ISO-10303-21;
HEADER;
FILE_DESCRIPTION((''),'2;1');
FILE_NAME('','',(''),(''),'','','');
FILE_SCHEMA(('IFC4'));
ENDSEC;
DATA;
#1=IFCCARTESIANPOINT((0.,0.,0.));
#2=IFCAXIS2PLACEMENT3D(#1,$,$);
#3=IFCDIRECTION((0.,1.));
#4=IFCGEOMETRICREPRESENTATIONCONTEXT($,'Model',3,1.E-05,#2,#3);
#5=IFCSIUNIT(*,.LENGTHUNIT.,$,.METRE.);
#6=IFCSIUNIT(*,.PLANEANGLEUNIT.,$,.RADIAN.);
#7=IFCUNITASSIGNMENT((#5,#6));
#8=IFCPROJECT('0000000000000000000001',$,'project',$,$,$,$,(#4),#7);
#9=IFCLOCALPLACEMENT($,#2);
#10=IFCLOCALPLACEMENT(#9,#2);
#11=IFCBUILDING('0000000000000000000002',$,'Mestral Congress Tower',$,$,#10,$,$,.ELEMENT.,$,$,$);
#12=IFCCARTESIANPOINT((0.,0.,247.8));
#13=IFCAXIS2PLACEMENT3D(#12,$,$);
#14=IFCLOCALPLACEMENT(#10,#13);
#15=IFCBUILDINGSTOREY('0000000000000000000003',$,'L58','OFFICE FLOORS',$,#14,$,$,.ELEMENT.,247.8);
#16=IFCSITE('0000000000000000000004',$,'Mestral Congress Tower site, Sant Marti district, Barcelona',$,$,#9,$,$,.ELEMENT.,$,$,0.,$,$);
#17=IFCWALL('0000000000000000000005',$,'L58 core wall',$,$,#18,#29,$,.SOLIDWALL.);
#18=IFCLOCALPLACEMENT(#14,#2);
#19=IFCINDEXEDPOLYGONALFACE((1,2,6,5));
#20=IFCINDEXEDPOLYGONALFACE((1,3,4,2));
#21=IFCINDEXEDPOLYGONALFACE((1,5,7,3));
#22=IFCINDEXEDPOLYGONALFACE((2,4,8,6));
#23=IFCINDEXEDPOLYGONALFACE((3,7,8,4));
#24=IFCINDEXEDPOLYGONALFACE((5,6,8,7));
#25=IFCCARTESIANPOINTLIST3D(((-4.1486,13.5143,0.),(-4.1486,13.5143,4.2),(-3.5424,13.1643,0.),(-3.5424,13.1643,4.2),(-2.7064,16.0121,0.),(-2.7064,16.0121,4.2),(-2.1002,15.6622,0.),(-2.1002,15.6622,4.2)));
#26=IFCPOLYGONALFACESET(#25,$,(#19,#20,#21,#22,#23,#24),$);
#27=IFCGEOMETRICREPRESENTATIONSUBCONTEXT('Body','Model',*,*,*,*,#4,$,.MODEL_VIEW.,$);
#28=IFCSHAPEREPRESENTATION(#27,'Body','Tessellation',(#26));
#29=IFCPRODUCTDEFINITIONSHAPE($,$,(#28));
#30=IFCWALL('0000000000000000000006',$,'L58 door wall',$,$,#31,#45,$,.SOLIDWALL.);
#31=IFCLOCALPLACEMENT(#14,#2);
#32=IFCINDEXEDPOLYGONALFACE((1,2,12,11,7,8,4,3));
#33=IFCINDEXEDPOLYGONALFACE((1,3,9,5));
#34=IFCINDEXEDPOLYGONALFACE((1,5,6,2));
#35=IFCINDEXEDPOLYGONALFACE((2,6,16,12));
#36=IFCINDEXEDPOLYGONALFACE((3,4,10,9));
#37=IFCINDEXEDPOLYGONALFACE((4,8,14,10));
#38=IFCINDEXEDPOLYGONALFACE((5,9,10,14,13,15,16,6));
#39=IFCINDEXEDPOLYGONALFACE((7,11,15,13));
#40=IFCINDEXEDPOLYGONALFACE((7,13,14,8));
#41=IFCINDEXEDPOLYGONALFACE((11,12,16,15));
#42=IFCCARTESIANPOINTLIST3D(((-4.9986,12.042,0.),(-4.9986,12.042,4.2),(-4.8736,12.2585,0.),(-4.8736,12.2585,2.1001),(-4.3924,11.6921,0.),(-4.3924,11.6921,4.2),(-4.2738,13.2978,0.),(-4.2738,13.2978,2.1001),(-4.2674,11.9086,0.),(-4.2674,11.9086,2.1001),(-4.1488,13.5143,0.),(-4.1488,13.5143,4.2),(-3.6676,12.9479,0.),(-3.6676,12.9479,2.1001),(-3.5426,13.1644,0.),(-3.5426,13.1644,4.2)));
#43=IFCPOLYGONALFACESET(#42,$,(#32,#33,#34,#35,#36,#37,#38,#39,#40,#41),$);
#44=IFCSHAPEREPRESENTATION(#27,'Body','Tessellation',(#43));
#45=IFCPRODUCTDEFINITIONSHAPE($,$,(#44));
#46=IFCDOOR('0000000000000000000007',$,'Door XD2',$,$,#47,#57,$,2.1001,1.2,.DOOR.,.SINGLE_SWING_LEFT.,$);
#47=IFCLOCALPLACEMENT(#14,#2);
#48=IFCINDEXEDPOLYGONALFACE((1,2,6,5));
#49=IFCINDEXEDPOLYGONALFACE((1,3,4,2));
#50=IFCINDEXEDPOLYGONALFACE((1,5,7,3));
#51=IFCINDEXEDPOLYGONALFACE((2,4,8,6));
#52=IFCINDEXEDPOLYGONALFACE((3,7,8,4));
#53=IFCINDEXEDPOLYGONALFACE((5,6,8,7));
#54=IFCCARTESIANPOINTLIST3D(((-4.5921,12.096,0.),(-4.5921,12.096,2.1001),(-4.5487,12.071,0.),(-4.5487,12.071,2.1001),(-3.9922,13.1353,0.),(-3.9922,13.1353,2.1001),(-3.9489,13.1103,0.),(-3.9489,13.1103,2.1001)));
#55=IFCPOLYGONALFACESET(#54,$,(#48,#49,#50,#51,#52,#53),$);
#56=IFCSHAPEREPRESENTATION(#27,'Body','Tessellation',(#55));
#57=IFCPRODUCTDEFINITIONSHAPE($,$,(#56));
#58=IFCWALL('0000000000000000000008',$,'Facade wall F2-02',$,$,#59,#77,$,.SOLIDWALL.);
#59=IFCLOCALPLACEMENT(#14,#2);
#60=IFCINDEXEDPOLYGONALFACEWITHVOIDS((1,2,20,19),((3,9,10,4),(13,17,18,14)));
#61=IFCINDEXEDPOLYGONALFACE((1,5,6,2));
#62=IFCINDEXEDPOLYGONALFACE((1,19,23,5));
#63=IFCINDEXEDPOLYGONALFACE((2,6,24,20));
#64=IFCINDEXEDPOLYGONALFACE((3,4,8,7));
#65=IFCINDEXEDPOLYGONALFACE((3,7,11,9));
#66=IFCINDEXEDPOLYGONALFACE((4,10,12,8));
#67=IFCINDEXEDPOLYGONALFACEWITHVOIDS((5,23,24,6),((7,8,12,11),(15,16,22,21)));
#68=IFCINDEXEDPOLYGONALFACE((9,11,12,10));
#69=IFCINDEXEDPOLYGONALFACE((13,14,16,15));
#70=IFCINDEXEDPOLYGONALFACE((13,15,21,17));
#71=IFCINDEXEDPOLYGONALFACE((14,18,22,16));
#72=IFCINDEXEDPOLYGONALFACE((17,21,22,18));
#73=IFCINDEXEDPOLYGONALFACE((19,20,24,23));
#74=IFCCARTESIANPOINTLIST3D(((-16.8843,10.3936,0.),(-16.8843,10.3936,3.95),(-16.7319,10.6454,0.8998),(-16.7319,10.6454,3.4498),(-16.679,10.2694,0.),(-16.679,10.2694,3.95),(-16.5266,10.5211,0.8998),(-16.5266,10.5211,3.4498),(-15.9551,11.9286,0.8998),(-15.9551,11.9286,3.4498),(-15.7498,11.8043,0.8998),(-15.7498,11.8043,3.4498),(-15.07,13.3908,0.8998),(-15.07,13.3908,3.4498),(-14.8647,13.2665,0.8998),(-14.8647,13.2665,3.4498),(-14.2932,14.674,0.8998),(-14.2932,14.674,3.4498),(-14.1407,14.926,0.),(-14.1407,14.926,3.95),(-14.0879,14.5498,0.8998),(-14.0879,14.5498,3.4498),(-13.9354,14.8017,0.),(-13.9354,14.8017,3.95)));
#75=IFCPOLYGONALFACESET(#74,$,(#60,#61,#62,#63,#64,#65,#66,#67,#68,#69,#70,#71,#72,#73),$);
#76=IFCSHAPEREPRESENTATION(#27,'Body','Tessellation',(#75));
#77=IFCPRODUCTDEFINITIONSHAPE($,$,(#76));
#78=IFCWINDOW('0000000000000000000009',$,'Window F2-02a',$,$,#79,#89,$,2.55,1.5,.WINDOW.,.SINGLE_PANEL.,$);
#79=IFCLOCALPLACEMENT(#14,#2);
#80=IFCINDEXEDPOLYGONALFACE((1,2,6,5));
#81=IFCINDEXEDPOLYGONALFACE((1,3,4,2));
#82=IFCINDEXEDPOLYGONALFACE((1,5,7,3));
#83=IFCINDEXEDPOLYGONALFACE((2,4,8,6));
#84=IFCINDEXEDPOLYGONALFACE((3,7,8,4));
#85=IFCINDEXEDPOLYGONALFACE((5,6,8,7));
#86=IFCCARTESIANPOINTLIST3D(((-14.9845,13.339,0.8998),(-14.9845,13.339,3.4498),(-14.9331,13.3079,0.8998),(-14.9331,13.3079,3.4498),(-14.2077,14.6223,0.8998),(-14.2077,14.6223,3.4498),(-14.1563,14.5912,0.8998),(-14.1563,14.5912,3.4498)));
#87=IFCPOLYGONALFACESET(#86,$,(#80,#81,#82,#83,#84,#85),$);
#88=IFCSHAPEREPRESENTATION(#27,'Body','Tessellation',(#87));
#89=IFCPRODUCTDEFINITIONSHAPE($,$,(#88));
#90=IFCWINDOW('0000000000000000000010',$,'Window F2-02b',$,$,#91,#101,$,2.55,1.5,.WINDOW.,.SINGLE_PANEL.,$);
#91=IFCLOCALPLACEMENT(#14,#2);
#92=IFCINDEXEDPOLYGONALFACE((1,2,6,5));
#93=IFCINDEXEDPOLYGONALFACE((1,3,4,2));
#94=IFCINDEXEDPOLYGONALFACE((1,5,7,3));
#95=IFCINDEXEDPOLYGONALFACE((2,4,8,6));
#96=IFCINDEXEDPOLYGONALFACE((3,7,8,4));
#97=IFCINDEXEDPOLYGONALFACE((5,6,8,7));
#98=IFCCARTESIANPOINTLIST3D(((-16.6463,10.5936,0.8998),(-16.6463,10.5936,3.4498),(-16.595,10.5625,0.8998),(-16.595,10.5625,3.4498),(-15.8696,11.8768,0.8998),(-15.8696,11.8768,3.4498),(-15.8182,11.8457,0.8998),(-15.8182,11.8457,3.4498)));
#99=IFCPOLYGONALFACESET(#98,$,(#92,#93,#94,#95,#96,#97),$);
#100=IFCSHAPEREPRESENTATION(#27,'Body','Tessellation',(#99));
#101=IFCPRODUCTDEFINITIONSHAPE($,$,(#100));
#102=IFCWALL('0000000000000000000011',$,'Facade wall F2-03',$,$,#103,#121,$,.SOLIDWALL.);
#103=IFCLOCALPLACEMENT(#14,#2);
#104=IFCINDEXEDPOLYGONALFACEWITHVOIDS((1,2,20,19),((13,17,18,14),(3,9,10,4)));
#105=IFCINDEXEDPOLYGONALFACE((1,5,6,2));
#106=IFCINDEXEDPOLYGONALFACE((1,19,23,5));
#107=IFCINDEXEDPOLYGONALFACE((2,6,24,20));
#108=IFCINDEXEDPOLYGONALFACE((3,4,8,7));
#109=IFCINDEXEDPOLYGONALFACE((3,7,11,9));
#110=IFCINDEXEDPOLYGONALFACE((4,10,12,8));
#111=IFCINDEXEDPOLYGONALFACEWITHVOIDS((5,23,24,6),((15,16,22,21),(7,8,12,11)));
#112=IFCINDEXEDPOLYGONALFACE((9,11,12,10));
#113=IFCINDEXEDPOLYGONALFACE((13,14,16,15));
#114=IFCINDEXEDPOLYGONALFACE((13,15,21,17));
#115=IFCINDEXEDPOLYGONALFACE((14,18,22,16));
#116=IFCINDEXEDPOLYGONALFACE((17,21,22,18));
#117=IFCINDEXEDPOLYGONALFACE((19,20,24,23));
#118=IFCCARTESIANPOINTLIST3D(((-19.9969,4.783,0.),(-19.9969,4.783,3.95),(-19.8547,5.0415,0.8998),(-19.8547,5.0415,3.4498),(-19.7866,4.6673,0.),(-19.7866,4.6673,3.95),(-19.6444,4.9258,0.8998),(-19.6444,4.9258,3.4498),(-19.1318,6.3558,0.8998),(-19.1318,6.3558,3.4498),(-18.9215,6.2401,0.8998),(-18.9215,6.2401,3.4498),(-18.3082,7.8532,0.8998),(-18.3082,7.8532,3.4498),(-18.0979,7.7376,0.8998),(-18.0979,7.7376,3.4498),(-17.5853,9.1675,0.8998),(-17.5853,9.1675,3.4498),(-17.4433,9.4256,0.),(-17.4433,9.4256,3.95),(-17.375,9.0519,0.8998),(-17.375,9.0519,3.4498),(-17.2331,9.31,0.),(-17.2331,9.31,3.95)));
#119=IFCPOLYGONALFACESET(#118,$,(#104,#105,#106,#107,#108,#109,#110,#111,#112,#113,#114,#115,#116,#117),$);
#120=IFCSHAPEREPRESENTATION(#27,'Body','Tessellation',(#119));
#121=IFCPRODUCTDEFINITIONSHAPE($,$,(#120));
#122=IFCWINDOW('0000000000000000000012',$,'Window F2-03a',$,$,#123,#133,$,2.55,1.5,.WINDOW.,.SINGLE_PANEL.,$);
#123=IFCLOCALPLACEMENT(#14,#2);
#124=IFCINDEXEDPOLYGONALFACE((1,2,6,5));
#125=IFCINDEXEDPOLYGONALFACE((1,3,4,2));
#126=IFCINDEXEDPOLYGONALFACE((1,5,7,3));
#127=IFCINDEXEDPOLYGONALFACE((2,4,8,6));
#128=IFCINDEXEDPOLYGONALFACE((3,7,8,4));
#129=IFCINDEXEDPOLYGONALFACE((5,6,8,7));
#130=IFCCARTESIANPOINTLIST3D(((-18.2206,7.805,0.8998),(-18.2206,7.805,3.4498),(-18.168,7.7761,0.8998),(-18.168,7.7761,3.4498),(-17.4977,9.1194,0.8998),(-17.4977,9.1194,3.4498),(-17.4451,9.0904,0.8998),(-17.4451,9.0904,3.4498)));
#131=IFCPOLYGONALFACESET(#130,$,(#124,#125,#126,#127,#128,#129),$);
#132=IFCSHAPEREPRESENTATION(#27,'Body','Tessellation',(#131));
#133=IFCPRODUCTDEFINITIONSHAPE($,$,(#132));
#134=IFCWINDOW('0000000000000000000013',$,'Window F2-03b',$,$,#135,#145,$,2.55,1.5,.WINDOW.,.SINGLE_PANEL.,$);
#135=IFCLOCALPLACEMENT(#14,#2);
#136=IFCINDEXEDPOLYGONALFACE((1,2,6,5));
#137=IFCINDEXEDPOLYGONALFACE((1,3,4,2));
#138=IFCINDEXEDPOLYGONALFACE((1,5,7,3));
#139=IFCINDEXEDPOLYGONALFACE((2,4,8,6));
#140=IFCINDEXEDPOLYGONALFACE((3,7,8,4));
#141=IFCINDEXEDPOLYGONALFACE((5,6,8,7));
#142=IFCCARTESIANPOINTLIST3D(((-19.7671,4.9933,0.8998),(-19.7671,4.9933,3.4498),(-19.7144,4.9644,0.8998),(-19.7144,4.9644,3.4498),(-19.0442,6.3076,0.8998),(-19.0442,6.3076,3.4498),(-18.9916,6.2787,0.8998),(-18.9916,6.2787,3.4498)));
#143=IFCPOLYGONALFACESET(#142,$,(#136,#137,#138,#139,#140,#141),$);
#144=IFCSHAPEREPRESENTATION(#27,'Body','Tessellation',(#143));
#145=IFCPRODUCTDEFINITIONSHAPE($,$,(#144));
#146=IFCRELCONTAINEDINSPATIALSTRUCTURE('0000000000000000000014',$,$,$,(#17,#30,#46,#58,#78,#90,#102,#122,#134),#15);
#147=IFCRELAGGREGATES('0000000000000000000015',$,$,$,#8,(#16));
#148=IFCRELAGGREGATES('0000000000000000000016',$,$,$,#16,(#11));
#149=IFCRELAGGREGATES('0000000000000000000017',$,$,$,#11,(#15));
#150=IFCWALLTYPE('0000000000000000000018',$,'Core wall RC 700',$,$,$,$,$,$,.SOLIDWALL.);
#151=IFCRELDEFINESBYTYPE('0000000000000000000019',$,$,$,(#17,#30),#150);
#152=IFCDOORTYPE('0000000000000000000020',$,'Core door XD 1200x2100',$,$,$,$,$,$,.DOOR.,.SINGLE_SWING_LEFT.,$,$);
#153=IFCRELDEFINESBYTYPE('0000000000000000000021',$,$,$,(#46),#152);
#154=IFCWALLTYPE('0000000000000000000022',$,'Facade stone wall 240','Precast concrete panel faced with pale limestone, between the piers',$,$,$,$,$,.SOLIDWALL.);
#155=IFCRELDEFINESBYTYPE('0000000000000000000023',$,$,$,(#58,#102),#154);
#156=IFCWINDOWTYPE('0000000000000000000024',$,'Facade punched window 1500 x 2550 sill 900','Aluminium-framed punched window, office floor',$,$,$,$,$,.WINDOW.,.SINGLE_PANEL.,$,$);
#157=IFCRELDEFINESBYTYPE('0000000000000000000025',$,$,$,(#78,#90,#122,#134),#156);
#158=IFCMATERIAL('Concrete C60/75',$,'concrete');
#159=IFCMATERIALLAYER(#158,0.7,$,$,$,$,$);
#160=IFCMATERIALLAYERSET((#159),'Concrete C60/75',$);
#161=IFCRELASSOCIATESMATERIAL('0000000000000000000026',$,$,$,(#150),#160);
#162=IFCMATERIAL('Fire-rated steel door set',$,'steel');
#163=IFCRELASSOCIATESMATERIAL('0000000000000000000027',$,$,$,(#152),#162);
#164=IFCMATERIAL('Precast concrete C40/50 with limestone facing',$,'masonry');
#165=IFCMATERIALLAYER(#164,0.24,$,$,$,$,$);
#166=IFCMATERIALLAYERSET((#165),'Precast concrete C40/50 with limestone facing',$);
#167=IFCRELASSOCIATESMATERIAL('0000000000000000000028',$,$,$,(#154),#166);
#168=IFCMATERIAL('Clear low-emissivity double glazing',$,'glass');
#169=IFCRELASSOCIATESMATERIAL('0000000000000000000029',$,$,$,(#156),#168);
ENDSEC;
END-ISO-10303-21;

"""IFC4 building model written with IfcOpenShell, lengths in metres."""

from ifc_helpers import new_model, si_unit, direction, frame, frame_2d, origin, place, context, subcontext, project, spatial, rectangle, extrude, material, layer, layer_set, type_object, element, fill, save


model = new_model("IFC4")

# Units and contexts
model_context = context("Model", 3, precision=1e-05, world=origin(), true_north=direction((0.0, 1.0)))
body_context = subcontext(model_context, "Body", "Model", "MODEL_VIEW")
ifc_project = project(units=[si_unit("LENGTHUNIT", "METRE"), si_unit("PLANEANGLEUNIT", "RADIAN")], contexts=[model_context])

# Site, building, storey
site_placement = place(None, origin())
site = spatial("IfcSite", under=ifc_project, at=site_placement, Name="Mestral Congress Tower site, Sant Marti district, Barcelona", CompositionType="ELEMENT", RefElevation=0.0)
building_placement = place(site_placement, origin())
building = spatial("IfcBuilding", under=site, at=building_placement, Name="Mestral Congress Tower", CompositionType="ELEMENT")
storey_placement = place(building_placement, frame((0.0, 0.0, 247.8)))
storey = spatial("IfcBuildingStorey", under=building, at=storey_placement, Name="L58", Description="OFFICE FLOORS", CompositionType="ELEMENT", Elevation=247.8)

# Shared definitions
ifc_material_1 = material(Name="Concrete C60/75", Category="concrete")

# Wall
ifc_layer_1 = layer(ifc_material_1, 0.7)
ifc_layer_set_1 = layer_set([ifc_layer_1], Name="Concrete C60/75")
wall_type_1 = type_object("IfcWallType", Name="Core wall RC 700", PredefinedType="SOLIDWALL", material=ifc_layer_set_1)
wall_1_placement = place(storey_placement, frame((-2.4033, 15.8372, 0.0), z_axis=(0.0, 0.0, 1.0), x_axis=(-0.500008, -0.866021, 0.0)))
element("IfcWall", 1, at=wall_1_placement, inside=storey, type_object=wall_type_1, Name="L58 core wall", PredefinedType="SOLIDWALL", context=body_context, shape_type="SweptSolid", body=[
    extrude(rectangle(XDim=2.8843, YDim=0.7, at=frame_2d((1.4421, 0.0))), origin(), (0.0, 0.0, 1.0), 4.2),
])

# Wall, opening, door
wall_2_placement = place(storey_placement, frame((-4.6956, 11.8669, 0.0), z_axis=(0.0, 0.0, 1.0), x_axis=(0.499892, 0.866088, 0.0)))
wall_2 = element("IfcWall", 2, at=wall_2_placement, inside=storey, type_object=wall_type_1, Name="L58 door wall", PredefinedType="SOLIDWALL", context=body_context, shape_type="SweptSolid", body=[
    extrude(rectangle(XDim=1.7, YDim=0.7, at=frame_2d((0.8501, 0.0))), origin(), (0.0, 0.0, 1.0), 4.2),
])
opening_1_placement = place(wall_2_placement, frame((0.25, 0.0, 0.0)))
opening_1 = element("IfcOpeningElement", 3, at=opening_1_placement, cuts=wall_2, PredefinedType="OPENING", context=body_context, shape_type="SweptSolid", body=[
    extrude(rectangle(XDim=1.2, YDim=2.1001, at=frame_2d((0.6001, 1.05))), frame((0.0, 0.3599, 0.0), z_axis=(0.0, -1.0, 0.0), x_axis=(1.0, 0.0, 0.0)), (0.0, 0.0, 1.0), 0.72),
])
ifc_material_2 = material(Name="Fire-rated steel door set", Category="steel")
door_type_1 = type_object("IfcDoorType", Name="Core door XD 1200x2100", OperationType="SINGLE_SWING_LEFT", PredefinedType="DOOR", material=ifc_material_2)
door_1_placement = place(opening_1_placement, origin())
door_1 = element("IfcDoor", 4, at=door_1_placement, inside=storey, type_object=door_type_1, Name="Door XD2", OperationType="SINGLE_SWING_LEFT", OverallHeight=2.1001, OverallWidth=1.2, PredefinedType="DOOR", context=body_context, shape_type="SweptSolid", body=[
    extrude(rectangle(XDim=1.2, YDim=2.1001, at=frame_2d((0.6001, 1.05))), frame((0.0, 0.0249, 0.0), z_axis=(0.0, -1.0, 0.0), x_axis=(1.0, 0.0, 0.0)), (0.0, 0.0, 1.0), 0.05),
])
fill(opening_1, door_1)

# Walls, openings, windows
ifc_material_3 = material(Name="Precast concrete C40/50 with limestone facing", Category="masonry")
ifc_layer_2 = layer(ifc_material_3, 0.24)
ifc_layer_set_2 = layer_set([ifc_layer_2], Name="Precast concrete C40/50 with limestone facing")
wall_type_2 = type_object("IfcWallType", Name="Facade stone wall 240", Description="Precast concrete panel faced with pale limestone, between the piers", PredefinedType="SOLIDWALL", material=ifc_layer_set_2)
wall_3_placement = place(storey_placement, frame((-14.0381, 14.8638, 0.0), z_axis=(0.0, 0.0, 1.0), x_axis=(-0.517846, -0.855474, 0.0)))
wall_3 = element("IfcWall", 5, at=wall_3_placement, inside=storey, type_object=wall_type_2, Name="Facade wall F2-02", PredefinedType="SOLIDWALL", context=body_context, shape_type="SweptSolid", body=[
    extrude(rectangle(XDim=5.2981, YDim=0.24, at=frame_2d((2.6489, 0.0))), origin(), (0.0, 0.0, 1.0), 3.95),
])
opening_2_placement = place(wall_3_placement, frame((0.2944, 0.0, 0.8999)))
opening_2 = element("IfcOpeningElement", 6, at=opening_2_placement, cuts=wall_3, PredefinedType="OPENING", context=body_context, shape_type="SweptSolid", body=[
    extrude(rectangle(XDim=1.5, YDim=2.55, at=frame_2d((0.75, 1.2749))), frame((0.0, 0.1299, 0.0), z_axis=(0.0, -1.0, 0.0), x_axis=(1.0, 0.0, 0.0)), (0.0, 0.0, 1.0), 0.26),
])
opening_3_placement = place(wall_3_placement, frame((3.5037, 0.0, 0.8999)))
opening_3 = element("IfcOpeningElement", 7, at=opening_3_placement, cuts=wall_3, PredefinedType="OPENING", context=body_context, shape_type="SweptSolid", body=[
    extrude(rectangle(XDim=1.5, YDim=2.55, at=frame_2d((0.75, 1.2749))), frame((0.0, 0.1299, 0.0), z_axis=(0.0, -1.0, 0.0), x_axis=(1.0, 0.0, 0.0)), (0.0, 0.0, 1.0), 0.26),
])
ifc_material_4 = material(Name="Clear low-emissivity double glazing", Category="glass")
window_type = type_object("IfcWindowType", Name="Facade punched window 1500 x 2550 sill 900", Description="Aluminium-framed punched window, office floor", PartitioningType="SINGLE_PANEL", PredefinedType="WINDOW", material=ifc_material_4)
window_1_placement = place(opening_2_placement, origin())
window_1 = element("IfcWindow", 8, at=window_1_placement, inside=storey, type_object=window_type, Name="Window F2-02a", OverallHeight=2.55, OverallWidth=1.5, PartitioningType="SINGLE_PANEL", PredefinedType="WINDOW", context=body_context, shape_type="SweptSolid", body=[
    extrude(rectangle(XDim=1.5, YDim=2.55, at=frame_2d((0.75, 1.2749))), frame((0.0, 0.04, 0.0), z_axis=(0.0, -1.0, 0.0), x_axis=(1.0, 0.0, 0.0)), (0.0, 0.0, 1.0), 0.0601),
])
fill(opening_2, window_1)
window_2_placement = place(opening_3_placement, origin())
window_2 = element("IfcWindow", 9, at=window_2_placement, inside=storey, type_object=window_type, Name="Window F2-02b", OverallHeight=2.55, OverallWidth=1.5, PartitioningType="SINGLE_PANEL", PredefinedType="WINDOW", context=body_context, shape_type="SweptSolid", body=[
    extrude(rectangle(XDim=1.5, YDim=2.55, at=frame_2d((0.75, 1.2749))), frame((0.0, 0.04, 0.0), z_axis=(0.0, -1.0, 0.0), x_axis=(1.0, 0.0, 0.0)), (0.0, 0.0, 1.0), 0.0601),
])
fill(opening_3, window_2)
wall_4_placement = place(storey_placement, frame((-17.3381, 9.3679, 0.0), z_axis=(0.0, 0.0, 1.0), x_axis=(-0.481926, -0.876212, 0.0)))
wall_4 = element("IfcWall", 10, at=wall_4_placement, inside=storey, type_object=wall_type_2, Name="Facade wall F2-03", PredefinedType="SOLIDWALL", context=body_context, shape_type="SweptSolid", body=[
    extrude(rectangle(XDim=5.2986, YDim=0.24, at=frame_2d((2.6494, 0.0))), origin(), (0.0, 0.0, 1.0), 3.95),
])
opening_4_placement = place(wall_4_placement, frame((0.2947, 0.0, 0.8999)))
opening_4 = element("IfcOpeningElement", 11, at=opening_4_placement, cuts=wall_4, PredefinedType="OPENING", context=body_context, shape_type="SweptSolid", body=[
    extrude(rectangle(XDim=1.5, YDim=2.55, at=frame_2d((0.75, 1.2749))), frame((0.0, 0.1299, 0.0), z_axis=(0.0, -1.0, 0.0), x_axis=(1.0, 0.0, 0.0)), (0.0, 0.0, 1.0), 0.26),
])
opening_5_placement = place(wall_4_placement, frame((3.5037, 0.0, 0.8999)))
opening_5 = element("IfcOpeningElement", 12, at=opening_5_placement, cuts=wall_4, PredefinedType="OPENING", context=body_context, shape_type="SweptSolid", body=[
    extrude(rectangle(XDim=1.5, YDim=2.55, at=frame_2d((0.75, 1.2749))), frame((0.0, 0.1299, 0.0), z_axis=(0.0, -1.0, 0.0), x_axis=(1.0, 0.0, 0.0)), (0.0, 0.0, 1.0), 0.26),
])
window_3_placement = place(opening_4_placement, origin())
window_3 = element("IfcWindow", 13, at=window_3_placement, inside=storey, type_object=window_type, Name="Window F2-03a", OverallHeight=2.55, OverallWidth=1.5, PartitioningType="SINGLE_PANEL", PredefinedType="WINDOW", context=body_context, shape_type="SweptSolid", body=[
    extrude(rectangle(XDim=1.5, YDim=2.55, at=frame_2d((0.75, 1.2749))), frame((0.0, 0.04, 0.0), z_axis=(0.0, -1.0, 0.0), x_axis=(1.0, 0.0, 0.0)), (0.0, 0.0, 1.0), 0.0601),
])
fill(opening_4, window_3)
window_4_placement = place(opening_5_placement, origin())
window_4 = element("IfcWindow", 14, at=window_4_placement, inside=storey, type_object=window_type, Name="Window F2-03b", OverallHeight=2.55, OverallWidth=1.5, PartitioningType="SINGLE_PANEL", PredefinedType="WINDOW", context=body_context, shape_type="SweptSolid", body=[
    extrude(rectangle(XDim=1.5, YDim=2.55, at=frame_2d((0.75, 1.2749))), frame((0.0, 0.04, 0.0), z_axis=(0.0, -1.0, 0.0), x_axis=(1.0, 0.0, 0.0)), (0.0, 0.0, 1.0), 0.0601),
])
fill(opening_5, window_4)

save(model, "model.ifc")
